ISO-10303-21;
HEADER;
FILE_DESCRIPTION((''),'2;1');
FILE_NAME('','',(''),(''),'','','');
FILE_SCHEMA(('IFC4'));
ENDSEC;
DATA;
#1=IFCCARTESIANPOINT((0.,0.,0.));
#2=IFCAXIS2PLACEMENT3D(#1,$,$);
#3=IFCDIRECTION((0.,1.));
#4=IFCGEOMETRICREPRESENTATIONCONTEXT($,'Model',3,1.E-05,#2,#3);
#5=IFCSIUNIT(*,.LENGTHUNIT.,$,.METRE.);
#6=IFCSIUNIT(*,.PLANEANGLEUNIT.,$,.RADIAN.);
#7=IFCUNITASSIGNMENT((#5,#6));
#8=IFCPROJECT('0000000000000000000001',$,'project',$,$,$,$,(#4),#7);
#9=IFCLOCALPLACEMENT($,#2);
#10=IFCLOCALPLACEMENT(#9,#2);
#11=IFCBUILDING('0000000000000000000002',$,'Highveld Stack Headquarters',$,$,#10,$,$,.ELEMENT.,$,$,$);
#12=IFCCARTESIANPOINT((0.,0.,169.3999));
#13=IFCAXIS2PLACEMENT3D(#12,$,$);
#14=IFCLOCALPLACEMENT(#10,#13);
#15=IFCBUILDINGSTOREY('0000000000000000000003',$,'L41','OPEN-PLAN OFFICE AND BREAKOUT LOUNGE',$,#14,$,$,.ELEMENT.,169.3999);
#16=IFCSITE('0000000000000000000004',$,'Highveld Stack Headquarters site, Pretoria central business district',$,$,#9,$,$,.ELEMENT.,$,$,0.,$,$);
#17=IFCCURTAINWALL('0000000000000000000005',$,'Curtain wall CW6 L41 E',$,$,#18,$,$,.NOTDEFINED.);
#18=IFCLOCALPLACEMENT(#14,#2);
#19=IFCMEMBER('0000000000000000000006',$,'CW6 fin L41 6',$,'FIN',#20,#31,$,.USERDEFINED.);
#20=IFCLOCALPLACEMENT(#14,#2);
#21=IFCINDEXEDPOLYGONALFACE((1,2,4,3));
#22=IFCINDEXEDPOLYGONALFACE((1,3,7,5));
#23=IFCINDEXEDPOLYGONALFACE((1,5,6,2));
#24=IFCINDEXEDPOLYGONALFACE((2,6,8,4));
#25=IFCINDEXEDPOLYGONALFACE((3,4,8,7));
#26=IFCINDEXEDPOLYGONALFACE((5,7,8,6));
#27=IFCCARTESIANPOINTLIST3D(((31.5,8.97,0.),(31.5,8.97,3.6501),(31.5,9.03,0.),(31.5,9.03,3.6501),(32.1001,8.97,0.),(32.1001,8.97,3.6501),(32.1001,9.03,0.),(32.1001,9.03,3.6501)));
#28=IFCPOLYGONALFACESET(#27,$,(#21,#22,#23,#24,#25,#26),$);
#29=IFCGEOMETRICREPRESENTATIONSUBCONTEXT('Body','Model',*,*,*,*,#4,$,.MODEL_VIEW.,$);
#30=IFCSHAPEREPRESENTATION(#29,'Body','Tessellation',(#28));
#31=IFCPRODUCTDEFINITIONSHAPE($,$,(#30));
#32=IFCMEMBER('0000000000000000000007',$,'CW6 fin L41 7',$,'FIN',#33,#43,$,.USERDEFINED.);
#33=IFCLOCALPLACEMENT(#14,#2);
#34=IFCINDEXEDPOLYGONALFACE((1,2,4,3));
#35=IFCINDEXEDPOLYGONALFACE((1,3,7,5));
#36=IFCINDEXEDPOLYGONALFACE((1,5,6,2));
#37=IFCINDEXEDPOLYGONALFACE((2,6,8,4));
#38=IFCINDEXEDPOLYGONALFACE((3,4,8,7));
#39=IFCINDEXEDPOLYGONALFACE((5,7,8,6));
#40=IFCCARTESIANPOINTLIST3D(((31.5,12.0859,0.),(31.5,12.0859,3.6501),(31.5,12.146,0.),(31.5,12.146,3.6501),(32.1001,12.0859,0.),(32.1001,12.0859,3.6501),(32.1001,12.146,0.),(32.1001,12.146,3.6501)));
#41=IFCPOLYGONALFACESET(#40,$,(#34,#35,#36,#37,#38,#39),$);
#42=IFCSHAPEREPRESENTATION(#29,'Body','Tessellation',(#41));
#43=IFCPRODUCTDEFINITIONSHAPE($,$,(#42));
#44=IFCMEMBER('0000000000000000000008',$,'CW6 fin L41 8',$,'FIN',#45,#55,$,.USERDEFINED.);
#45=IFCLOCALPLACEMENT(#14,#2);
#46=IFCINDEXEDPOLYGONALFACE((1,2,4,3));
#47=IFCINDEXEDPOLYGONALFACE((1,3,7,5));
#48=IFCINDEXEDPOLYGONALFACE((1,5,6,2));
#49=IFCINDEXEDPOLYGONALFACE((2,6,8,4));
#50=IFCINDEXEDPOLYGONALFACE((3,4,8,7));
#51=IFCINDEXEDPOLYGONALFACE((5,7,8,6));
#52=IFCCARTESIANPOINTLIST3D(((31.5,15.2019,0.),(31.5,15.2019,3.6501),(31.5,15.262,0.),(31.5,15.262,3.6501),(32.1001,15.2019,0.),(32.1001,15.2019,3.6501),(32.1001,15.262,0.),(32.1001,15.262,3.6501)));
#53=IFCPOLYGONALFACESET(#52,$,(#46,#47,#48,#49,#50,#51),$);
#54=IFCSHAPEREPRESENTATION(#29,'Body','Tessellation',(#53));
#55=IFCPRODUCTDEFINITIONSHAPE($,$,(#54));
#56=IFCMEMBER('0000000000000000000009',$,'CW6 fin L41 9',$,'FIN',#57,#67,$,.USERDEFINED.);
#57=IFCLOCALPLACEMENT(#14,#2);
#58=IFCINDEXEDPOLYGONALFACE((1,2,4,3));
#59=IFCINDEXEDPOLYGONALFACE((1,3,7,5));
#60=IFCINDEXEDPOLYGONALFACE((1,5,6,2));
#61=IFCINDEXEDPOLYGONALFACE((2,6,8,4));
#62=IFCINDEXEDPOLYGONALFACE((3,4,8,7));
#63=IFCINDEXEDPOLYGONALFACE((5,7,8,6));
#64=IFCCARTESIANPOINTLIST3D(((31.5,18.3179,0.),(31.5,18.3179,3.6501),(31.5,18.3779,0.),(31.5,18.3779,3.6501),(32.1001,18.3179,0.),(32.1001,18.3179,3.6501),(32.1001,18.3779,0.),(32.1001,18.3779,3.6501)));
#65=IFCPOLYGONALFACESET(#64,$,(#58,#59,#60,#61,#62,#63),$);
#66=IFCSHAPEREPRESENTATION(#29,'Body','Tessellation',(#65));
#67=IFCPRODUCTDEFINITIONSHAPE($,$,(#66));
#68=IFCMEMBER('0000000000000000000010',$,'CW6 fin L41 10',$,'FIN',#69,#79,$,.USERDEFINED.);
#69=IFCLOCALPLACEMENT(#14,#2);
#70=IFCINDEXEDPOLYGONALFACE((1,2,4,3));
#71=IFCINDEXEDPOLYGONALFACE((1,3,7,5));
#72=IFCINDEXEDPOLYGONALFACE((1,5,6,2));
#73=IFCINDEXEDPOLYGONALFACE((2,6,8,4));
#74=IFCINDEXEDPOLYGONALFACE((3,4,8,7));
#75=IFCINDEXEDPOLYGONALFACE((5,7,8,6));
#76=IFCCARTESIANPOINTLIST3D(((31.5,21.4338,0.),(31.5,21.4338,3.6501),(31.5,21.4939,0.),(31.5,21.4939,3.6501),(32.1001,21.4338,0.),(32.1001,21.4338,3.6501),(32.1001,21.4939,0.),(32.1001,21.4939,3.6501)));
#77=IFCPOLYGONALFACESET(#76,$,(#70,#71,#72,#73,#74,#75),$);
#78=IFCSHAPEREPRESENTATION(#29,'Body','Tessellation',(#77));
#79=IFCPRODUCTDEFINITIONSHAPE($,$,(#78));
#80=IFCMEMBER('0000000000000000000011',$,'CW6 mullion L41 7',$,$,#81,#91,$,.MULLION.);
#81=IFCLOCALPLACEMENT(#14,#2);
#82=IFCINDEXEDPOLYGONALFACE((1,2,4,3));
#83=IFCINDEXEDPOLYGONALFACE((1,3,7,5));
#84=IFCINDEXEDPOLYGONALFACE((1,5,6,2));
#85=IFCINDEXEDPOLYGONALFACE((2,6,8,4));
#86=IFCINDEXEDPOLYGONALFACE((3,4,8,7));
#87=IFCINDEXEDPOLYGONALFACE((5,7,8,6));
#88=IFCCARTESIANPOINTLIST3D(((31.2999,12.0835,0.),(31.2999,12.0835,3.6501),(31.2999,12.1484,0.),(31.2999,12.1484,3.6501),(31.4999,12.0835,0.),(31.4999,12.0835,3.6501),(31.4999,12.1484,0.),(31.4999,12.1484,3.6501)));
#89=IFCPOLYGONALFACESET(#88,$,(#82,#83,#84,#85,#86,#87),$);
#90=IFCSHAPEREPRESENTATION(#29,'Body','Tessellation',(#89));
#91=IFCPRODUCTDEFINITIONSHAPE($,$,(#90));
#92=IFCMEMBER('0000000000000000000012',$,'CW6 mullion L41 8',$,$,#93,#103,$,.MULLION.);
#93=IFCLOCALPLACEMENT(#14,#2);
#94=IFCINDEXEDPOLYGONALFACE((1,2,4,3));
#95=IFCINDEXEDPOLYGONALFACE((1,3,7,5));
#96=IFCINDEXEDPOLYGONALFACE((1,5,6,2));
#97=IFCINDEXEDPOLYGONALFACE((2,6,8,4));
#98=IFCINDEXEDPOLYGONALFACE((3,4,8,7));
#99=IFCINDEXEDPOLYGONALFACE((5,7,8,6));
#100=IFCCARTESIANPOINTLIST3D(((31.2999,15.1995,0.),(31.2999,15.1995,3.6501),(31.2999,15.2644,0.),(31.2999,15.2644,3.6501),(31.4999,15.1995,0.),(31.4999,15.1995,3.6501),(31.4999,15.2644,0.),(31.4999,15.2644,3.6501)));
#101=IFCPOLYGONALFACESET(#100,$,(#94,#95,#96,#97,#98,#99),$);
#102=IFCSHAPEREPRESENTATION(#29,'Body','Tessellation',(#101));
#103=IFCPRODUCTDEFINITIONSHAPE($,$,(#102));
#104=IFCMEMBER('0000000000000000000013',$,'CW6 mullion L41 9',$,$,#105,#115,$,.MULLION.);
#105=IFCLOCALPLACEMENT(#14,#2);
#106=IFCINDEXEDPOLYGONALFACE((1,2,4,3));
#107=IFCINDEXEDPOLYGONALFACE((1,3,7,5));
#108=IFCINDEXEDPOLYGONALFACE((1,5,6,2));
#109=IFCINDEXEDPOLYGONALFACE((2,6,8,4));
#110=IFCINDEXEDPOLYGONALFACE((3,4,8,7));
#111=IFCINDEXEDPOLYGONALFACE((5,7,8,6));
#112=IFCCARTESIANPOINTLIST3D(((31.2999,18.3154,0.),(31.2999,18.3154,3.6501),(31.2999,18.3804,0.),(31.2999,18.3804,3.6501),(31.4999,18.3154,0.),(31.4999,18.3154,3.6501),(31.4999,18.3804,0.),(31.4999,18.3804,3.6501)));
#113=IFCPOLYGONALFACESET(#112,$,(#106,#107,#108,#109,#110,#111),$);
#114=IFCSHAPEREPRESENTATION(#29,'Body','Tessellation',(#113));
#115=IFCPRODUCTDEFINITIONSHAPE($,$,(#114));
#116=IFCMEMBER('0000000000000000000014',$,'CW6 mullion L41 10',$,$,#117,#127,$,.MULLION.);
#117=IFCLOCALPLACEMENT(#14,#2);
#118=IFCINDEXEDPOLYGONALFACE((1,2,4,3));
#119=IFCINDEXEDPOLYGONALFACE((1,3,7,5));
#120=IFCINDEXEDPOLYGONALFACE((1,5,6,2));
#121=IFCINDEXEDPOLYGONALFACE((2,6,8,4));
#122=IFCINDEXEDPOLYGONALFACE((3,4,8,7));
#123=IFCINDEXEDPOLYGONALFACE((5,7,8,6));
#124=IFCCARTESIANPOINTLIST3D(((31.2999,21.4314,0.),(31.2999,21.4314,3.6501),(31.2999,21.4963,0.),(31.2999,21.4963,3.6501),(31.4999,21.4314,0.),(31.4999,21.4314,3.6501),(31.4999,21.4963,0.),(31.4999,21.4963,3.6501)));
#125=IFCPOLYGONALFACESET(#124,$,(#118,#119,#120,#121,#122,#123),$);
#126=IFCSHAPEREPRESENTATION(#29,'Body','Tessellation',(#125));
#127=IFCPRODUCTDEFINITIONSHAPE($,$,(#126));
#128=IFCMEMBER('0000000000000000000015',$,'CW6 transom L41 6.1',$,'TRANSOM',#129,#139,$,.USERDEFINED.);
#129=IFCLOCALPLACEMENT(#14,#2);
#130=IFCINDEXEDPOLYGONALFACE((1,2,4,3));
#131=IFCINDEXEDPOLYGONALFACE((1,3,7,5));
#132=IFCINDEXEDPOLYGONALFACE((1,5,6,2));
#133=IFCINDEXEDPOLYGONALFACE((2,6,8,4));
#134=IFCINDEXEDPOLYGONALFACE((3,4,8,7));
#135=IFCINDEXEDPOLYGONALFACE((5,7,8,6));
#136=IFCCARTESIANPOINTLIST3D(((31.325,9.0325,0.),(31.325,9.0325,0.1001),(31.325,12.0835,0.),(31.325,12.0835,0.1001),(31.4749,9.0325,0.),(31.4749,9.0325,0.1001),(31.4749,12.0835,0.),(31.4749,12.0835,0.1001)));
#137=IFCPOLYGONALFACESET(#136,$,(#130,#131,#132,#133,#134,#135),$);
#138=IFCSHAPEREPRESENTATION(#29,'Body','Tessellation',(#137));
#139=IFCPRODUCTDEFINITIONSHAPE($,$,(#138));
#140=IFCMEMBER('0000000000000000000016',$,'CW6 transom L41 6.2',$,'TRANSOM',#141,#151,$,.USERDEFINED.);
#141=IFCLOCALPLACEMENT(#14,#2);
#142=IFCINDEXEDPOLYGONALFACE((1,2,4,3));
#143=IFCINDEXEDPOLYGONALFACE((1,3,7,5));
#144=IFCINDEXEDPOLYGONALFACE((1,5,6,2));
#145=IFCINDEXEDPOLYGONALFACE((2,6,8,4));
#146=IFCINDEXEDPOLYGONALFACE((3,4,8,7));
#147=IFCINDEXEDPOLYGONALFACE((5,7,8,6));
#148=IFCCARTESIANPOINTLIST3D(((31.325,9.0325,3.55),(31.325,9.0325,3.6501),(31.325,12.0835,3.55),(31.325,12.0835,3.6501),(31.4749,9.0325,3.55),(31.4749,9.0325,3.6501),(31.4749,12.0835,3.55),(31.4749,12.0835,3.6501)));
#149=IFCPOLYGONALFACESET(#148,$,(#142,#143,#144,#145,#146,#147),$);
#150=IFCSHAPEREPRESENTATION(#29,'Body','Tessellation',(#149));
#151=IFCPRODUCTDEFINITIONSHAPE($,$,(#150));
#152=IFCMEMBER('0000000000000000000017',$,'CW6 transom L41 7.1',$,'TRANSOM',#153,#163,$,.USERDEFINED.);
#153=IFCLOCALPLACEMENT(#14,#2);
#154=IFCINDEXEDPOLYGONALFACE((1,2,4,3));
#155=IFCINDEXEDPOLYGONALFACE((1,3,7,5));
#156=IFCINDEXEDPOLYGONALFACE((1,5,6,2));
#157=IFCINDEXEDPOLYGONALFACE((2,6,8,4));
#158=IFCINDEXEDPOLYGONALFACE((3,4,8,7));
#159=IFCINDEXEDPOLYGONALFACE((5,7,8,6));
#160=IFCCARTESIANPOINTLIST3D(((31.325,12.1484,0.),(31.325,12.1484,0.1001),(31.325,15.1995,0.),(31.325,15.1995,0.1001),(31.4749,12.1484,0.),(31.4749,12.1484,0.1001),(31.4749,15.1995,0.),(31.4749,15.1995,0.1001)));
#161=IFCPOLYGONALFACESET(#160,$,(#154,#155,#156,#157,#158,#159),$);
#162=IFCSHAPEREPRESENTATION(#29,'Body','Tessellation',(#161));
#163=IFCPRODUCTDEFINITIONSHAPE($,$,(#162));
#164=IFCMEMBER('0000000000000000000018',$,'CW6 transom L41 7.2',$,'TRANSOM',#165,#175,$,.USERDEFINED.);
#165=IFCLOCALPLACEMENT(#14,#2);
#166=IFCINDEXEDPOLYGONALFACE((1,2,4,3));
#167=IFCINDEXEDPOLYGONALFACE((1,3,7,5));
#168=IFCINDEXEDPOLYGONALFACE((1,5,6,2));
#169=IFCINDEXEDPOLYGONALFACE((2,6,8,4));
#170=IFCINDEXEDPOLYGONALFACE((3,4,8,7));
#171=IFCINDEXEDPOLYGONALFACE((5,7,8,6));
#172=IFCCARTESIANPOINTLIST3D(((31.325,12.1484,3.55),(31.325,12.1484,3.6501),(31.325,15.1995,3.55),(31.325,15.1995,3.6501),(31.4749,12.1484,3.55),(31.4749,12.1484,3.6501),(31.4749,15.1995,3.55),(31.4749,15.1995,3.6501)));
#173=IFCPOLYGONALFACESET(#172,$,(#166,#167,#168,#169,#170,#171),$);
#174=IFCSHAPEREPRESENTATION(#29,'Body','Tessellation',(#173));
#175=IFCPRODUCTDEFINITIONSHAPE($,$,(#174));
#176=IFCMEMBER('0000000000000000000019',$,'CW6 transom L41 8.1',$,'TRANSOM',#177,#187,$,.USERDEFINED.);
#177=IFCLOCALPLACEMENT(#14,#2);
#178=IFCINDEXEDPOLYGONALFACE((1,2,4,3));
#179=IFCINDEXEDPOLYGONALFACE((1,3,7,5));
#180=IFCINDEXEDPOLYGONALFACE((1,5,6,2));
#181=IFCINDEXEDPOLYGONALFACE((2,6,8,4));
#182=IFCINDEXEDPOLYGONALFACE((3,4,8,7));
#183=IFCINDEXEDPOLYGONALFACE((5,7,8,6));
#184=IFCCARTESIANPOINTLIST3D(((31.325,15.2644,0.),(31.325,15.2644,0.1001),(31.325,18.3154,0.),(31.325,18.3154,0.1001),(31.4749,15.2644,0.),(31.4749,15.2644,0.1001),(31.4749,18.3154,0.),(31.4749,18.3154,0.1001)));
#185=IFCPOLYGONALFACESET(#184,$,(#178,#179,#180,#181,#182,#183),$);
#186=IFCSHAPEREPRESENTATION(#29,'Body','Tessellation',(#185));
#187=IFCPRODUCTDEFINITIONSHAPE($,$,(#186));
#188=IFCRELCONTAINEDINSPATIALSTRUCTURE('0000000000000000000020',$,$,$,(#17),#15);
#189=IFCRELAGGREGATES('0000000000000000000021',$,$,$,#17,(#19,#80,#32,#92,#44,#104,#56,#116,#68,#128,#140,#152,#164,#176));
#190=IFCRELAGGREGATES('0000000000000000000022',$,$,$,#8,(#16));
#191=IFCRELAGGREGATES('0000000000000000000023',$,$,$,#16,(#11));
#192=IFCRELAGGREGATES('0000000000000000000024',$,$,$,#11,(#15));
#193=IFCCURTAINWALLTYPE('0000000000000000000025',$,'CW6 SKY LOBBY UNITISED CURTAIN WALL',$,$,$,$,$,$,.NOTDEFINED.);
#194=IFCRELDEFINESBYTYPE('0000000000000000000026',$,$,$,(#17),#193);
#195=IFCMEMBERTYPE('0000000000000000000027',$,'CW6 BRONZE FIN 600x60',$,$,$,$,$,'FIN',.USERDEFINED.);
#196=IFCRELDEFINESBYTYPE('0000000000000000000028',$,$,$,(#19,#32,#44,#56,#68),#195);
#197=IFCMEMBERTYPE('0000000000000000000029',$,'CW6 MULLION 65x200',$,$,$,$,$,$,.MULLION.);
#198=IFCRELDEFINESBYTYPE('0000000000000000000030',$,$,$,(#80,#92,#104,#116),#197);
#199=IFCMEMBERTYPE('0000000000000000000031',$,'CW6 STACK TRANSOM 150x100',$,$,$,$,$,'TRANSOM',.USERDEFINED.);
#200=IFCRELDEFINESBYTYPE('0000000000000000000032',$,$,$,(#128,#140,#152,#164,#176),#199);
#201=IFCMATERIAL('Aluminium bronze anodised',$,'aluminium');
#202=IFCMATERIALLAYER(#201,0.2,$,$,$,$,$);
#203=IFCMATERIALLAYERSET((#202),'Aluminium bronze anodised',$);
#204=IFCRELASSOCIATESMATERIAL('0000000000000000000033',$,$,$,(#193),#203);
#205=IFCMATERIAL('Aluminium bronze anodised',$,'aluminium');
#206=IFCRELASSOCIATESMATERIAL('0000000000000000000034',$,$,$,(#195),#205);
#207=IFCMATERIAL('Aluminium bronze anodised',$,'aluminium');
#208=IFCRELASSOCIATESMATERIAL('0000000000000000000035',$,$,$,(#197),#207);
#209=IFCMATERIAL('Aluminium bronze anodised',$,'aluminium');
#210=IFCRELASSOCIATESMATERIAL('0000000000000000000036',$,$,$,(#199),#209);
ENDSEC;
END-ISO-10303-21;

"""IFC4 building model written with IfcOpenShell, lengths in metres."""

from ifc_helpers import new_model, si_unit, direction, frame, origin, origin_2d, place, context, subcontext, project, spatial, rectangle, extrude, material, layer, layer_set, material_profile, profile_set, type_object, element, aggregate, save


model = new_model("IFC4")

# Units and contexts
model_context = context("Model", 3, precision=1e-05, world=origin(), true_north=direction((0.0, 1.0)))
body_context = subcontext(model_context, "Body", "Model", "MODEL_VIEW")
ifc_project = project(units=[si_unit("LENGTHUNIT", "METRE"), si_unit("PLANEANGLEUNIT", "RADIAN")], contexts=[model_context])

# Site, building, storey
site_placement = place(None, origin())
site = spatial("IfcSite", under=ifc_project, at=site_placement, Name="Highveld Stack Headquarters site, Pretoria central business district", CompositionType="ELEMENT", RefElevation=0.0)
building_placement = place(site_placement, origin())
building = spatial("IfcBuilding", under=site, at=building_placement, Name="Highveld Stack Headquarters", CompositionType="ELEMENT")
storey_placement = place(building_placement, frame((0.0, 0.0, 169.3999)))
storey = spatial("IfcBuildingStorey", under=building, at=storey_placement, Name="L41", Description="OPEN-PLAN OFFICE AND BREAKOUT LOUNGE", CompositionType="ELEMENT", Elevation=169.3999)

# Curtain wall, members
ifc_material_1 = material(Name="Aluminium bronze anodised", Category="aluminium")
ifc_layer_1 = layer(ifc_material_1, 0.2)
ifc_layer_set_1 = layer_set([ifc_layer_1], Name="Aluminium bronze anodised")
curtain_wall_type = type_object("IfcCurtainWallType", Name="CW6 SKY LOBBY UNITISED CURTAIN WALL", PredefinedType="NOTDEFINED", material=ifc_layer_set_1)
curtain_wall_placement = place(storey_placement, origin())
curtain_wall = element("IfcCurtainWall", 1, at=curtain_wall_placement, inside=storey, type_object=curtain_wall_type, Name="Curtain wall CW6 L41 E", PredefinedType="NOTDEFINED")
ifc_material_2 = material(Name="Aluminium bronze anodised", Category="aluminium")
ifc_material_profile_1 = material_profile(ifc_material_2, rectangle(XDim=0.6001, YDim=0.0601, at=origin_2d()), Name="FIN 600x60")
ifc_profile_set_1 = profile_set([ifc_material_profile_1], Name="Aluminium bronze anodised")
member_type_1 = type_object("IfcMemberType", Name="CW6 BRONZE FIN 600x60", ElementType="FIN", PredefinedType="USERDEFINED", material=ifc_profile_set_1)
member_1_placement = place(storey_placement, frame((31.8, 9.0, 0.0), z_axis=(0.0, 0.0, 1.0), x_axis=(-1.0, 0.0, 0.0)))
member_1 = element("IfcMember", 2, at=member_1_placement, type_object=member_type_1, Name="CW6 fin L41 6", ObjectType="FIN", PredefinedType="USERDEFINED", context=body_context, shape_type="SweptSolid", body=[
    extrude(rectangle(XDim=0.6001, YDim=0.0601, at=origin_2d()), origin(), (0.0, 0.0, 1.0), 3.6501),
])
member_2_placement = place(storey_placement, frame((31.8, 12.116, 0.0), z_axis=(0.0, 0.0, 1.0), x_axis=(-1.0, 0.0, 0.0)))
member_2 = element("IfcMember", 3, at=member_2_placement, type_object=member_type_1, Name="CW6 fin L41 7", ObjectType="FIN", PredefinedType="USERDEFINED", context=body_context, shape_type="SweptSolid", body=[
    extrude(rectangle(XDim=0.6001, YDim=0.0601, at=origin_2d()), origin(), (0.0, 0.0, 1.0), 3.6501),
])
member_3_placement = place(storey_placement, frame((31.8, 15.2319, 0.0), z_axis=(0.0, 0.0, 1.0), x_axis=(-1.0, 0.0, 0.0)))
member_3 = element("IfcMember", 4, at=member_3_placement, type_object=member_type_1, Name="CW6 fin L41 8", ObjectType="FIN", PredefinedType="USERDEFINED", context=body_context, shape_type="SweptSolid", body=[
    extrude(rectangle(XDim=0.6001, YDim=0.0601, at=origin_2d()), origin(), (0.0, 0.0, 1.0), 3.6501),
])
member_4_placement = place(storey_placement, frame((31.8, 18.3479, 0.0), z_axis=(0.0, 0.0, 1.0), x_axis=(-1.0, 0.0, 0.0)))
member_4 = element("IfcMember", 5, at=member_4_placement, type_object=member_type_1, Name="CW6 fin L41 9", ObjectType="FIN", PredefinedType="USERDEFINED", context=body_context, shape_type="SweptSolid", body=[
    extrude(rectangle(XDim=0.6001, YDim=0.0601, at=origin_2d()), origin(), (0.0, 0.0, 1.0), 3.6501),
])
member_5_placement = place(storey_placement, frame((31.8, 21.4639, 0.0), z_axis=(0.0, 0.0, 1.0), x_axis=(-1.0, 0.0, 0.0)))
member_5 = element("IfcMember", 6, at=member_5_placement, type_object=member_type_1, Name="CW6 fin L41 10", ObjectType="FIN", PredefinedType="USERDEFINED", context=body_context, shape_type="SweptSolid", body=[
    extrude(rectangle(XDim=0.6001, YDim=0.0601, at=origin_2d()), origin(), (0.0, 0.0, 1.0), 3.6501),
])
ifc_material_3 = material(Name="Aluminium bronze anodised", Category="aluminium")
ifc_material_profile_2 = material_profile(ifc_material_3, rectangle(XDim=0.2, YDim=0.0649, at=origin_2d()), Name="CW6 MULLION 65x200")
ifc_profile_set_2 = profile_set([ifc_material_profile_2], Name="Aluminium bronze anodised")
member_type_2 = type_object("IfcMemberType", Name="CW6 MULLION 65x200", PredefinedType="MULLION", material=ifc_profile_set_2)
member_6_placement = place(storey_placement, frame((31.3999, 12.116, 0.0), z_axis=(0.0, 0.0, 1.0), x_axis=(-1.0, 0.0, 0.0)))
member_6 = element("IfcMember", 7, at=member_6_placement, type_object=member_type_2, Name="CW6 mullion L41 7", PredefinedType="MULLION", context=body_context, shape_type="SweptSolid", body=[
    extrude(rectangle(XDim=0.2, YDim=0.0649, at=origin_2d()), origin(), (0.0, 0.0, 1.0), 3.6501),
])
member_7_placement = place(storey_placement, frame((31.3999, 15.2319, 0.0), z_axis=(0.0, 0.0, 1.0), x_axis=(-1.0, 0.0, 0.0)))
member_7 = element("IfcMember", 8, at=member_7_placement, type_object=member_type_2, Name="CW6 mullion L41 8", PredefinedType="MULLION", context=body_context, shape_type="SweptSolid", body=[
    extrude(rectangle(XDim=0.2, YDim=0.0649, at=origin_2d()), origin(), (0.0, 0.0, 1.0), 3.6501),
])
member_8_placement = place(storey_placement, frame((31.3999, 18.3479, 0.0), z_axis=(0.0, 0.0, 1.0), x_axis=(-1.0, 0.0, 0.0)))
member_8 = element("IfcMember", 9, at=member_8_placement, type_object=member_type_2, Name="CW6 mullion L41 9", PredefinedType="MULLION", context=body_context, shape_type="SweptSolid", body=[
    extrude(rectangle(XDim=0.2, YDim=0.0649, at=origin_2d()), origin(), (0.0, 0.0, 1.0), 3.6501),
])
member_9_placement = place(storey_placement, frame((31.3999, 21.4639, 0.0), z_axis=(0.0, 0.0, 1.0), x_axis=(-1.0, 0.0, 0.0)))
member_9 = element("IfcMember", 10, at=member_9_placement, type_object=member_type_2, Name="CW6 mullion L41 10", PredefinedType="MULLION", context=body_context, shape_type="SweptSolid", body=[
    extrude(rectangle(XDim=0.2, YDim=0.0649, at=origin_2d()), origin(), (0.0, 0.0, 1.0), 3.6501),
])
ifc_material_4 = material(Name="Aluminium bronze anodised", Category="aluminium")
ifc_material_profile_3 = material_profile(ifc_material_4, rectangle(XDim=0.1499, YDim=0.1001, at=origin_2d()), Name="CW6 TRANSOM 150x100")
ifc_profile_set_3 = profile_set([ifc_material_profile_3], Name="Aluminium bronze anodised")
member_type_3 = type_object("IfcMemberType", Name="CW6 STACK TRANSOM 150x100", ElementType="TRANSOM", PredefinedType="USERDEFINED", material=ifc_profile_set_3)
member_10_placement = place(storey_placement, frame((31.3999, 9.0325, 0.05), z_axis=(0.0, 1.0, 0.0), x_axis=(-1.0, 0.0, 0.0)))
member_10 = element("IfcMember", 11, at=member_10_placement, type_object=member_type_3, Name="CW6 transom L41 6.1", ObjectType="TRANSOM", PredefinedType="USERDEFINED", context=body_context, shape_type="SweptSolid", body=[
    extrude(rectangle(XDim=0.1499, YDim=0.1001, at=origin_2d()), origin(), (0.0, 0.0, 1.0), 3.051),
])
member_11_placement = place(storey_placement, frame((31.3999, 9.0325, 3.6001), z_axis=(0.0, 1.0, 0.0), x_axis=(-1.0, 0.0, 0.0)))
member_11 = element("IfcMember", 12, at=member_11_placement, type_object=member_type_3, Name="CW6 transom L41 6.2", ObjectType="TRANSOM", PredefinedType="USERDEFINED", context=body_context, shape_type="SweptSolid", body=[
    extrude(rectangle(XDim=0.1499, YDim=0.1001, at=origin_2d()), origin(), (0.0, 0.0, 1.0), 3.051),
])
member_12_placement = place(storey_placement, frame((31.3999, 12.1484, 0.05), z_axis=(0.0, 1.0, 0.0), x_axis=(-1.0, 0.0, 0.0)))
member_12 = element("IfcMember", 13, at=member_12_placement, type_object=member_type_3, Name="CW6 transom L41 7.1", ObjectType="TRANSOM", PredefinedType="USERDEFINED", context=body_context, shape_type="SweptSolid", body=[
    extrude(rectangle(XDim=0.1499, YDim=0.1001, at=origin_2d()), origin(), (0.0, 0.0, 1.0), 3.051),
])
member_13_placement = place(storey_placement, frame((31.3999, 12.1484, 3.6001), z_axis=(0.0, 1.0, 0.0), x_axis=(-1.0, 0.0, 0.0)))
member_13 = element("IfcMember", 14, at=member_13_placement, type_object=member_type_3, Name="CW6 transom L41 7.2", ObjectType="TRANSOM", PredefinedType="USERDEFINED", context=body_context, shape_type="SweptSolid", body=[
    extrude(rectangle(XDim=0.1499, YDim=0.1001, at=origin_2d()), origin(), (0.0, 0.0, 1.0), 3.051),
])
member_14_placement = place(storey_placement, frame((31.3999, 15.2644, 0.05), z_axis=(0.0, 1.0, 0.0), x_axis=(-1.0, 0.0, 0.0)))
member_14 = element("IfcMember", 15, at=member_14_placement, type_object=member_type_3, Name="CW6 transom L41 8.1", ObjectType="TRANSOM", PredefinedType="USERDEFINED", context=body_context, shape_type="SweptSolid", body=[
    extrude(rectangle(XDim=0.1499, YDim=0.1001, at=origin_2d()), origin(), (0.0, 0.0, 1.0), 3.051),
])
aggregate(curtain_wall, [member_1, member_6, member_2, member_7, member_3, member_8, member_4, member_9, member_5, member_10, member_11, member_12, member_13, member_14])

save(model, "model.ifc")
